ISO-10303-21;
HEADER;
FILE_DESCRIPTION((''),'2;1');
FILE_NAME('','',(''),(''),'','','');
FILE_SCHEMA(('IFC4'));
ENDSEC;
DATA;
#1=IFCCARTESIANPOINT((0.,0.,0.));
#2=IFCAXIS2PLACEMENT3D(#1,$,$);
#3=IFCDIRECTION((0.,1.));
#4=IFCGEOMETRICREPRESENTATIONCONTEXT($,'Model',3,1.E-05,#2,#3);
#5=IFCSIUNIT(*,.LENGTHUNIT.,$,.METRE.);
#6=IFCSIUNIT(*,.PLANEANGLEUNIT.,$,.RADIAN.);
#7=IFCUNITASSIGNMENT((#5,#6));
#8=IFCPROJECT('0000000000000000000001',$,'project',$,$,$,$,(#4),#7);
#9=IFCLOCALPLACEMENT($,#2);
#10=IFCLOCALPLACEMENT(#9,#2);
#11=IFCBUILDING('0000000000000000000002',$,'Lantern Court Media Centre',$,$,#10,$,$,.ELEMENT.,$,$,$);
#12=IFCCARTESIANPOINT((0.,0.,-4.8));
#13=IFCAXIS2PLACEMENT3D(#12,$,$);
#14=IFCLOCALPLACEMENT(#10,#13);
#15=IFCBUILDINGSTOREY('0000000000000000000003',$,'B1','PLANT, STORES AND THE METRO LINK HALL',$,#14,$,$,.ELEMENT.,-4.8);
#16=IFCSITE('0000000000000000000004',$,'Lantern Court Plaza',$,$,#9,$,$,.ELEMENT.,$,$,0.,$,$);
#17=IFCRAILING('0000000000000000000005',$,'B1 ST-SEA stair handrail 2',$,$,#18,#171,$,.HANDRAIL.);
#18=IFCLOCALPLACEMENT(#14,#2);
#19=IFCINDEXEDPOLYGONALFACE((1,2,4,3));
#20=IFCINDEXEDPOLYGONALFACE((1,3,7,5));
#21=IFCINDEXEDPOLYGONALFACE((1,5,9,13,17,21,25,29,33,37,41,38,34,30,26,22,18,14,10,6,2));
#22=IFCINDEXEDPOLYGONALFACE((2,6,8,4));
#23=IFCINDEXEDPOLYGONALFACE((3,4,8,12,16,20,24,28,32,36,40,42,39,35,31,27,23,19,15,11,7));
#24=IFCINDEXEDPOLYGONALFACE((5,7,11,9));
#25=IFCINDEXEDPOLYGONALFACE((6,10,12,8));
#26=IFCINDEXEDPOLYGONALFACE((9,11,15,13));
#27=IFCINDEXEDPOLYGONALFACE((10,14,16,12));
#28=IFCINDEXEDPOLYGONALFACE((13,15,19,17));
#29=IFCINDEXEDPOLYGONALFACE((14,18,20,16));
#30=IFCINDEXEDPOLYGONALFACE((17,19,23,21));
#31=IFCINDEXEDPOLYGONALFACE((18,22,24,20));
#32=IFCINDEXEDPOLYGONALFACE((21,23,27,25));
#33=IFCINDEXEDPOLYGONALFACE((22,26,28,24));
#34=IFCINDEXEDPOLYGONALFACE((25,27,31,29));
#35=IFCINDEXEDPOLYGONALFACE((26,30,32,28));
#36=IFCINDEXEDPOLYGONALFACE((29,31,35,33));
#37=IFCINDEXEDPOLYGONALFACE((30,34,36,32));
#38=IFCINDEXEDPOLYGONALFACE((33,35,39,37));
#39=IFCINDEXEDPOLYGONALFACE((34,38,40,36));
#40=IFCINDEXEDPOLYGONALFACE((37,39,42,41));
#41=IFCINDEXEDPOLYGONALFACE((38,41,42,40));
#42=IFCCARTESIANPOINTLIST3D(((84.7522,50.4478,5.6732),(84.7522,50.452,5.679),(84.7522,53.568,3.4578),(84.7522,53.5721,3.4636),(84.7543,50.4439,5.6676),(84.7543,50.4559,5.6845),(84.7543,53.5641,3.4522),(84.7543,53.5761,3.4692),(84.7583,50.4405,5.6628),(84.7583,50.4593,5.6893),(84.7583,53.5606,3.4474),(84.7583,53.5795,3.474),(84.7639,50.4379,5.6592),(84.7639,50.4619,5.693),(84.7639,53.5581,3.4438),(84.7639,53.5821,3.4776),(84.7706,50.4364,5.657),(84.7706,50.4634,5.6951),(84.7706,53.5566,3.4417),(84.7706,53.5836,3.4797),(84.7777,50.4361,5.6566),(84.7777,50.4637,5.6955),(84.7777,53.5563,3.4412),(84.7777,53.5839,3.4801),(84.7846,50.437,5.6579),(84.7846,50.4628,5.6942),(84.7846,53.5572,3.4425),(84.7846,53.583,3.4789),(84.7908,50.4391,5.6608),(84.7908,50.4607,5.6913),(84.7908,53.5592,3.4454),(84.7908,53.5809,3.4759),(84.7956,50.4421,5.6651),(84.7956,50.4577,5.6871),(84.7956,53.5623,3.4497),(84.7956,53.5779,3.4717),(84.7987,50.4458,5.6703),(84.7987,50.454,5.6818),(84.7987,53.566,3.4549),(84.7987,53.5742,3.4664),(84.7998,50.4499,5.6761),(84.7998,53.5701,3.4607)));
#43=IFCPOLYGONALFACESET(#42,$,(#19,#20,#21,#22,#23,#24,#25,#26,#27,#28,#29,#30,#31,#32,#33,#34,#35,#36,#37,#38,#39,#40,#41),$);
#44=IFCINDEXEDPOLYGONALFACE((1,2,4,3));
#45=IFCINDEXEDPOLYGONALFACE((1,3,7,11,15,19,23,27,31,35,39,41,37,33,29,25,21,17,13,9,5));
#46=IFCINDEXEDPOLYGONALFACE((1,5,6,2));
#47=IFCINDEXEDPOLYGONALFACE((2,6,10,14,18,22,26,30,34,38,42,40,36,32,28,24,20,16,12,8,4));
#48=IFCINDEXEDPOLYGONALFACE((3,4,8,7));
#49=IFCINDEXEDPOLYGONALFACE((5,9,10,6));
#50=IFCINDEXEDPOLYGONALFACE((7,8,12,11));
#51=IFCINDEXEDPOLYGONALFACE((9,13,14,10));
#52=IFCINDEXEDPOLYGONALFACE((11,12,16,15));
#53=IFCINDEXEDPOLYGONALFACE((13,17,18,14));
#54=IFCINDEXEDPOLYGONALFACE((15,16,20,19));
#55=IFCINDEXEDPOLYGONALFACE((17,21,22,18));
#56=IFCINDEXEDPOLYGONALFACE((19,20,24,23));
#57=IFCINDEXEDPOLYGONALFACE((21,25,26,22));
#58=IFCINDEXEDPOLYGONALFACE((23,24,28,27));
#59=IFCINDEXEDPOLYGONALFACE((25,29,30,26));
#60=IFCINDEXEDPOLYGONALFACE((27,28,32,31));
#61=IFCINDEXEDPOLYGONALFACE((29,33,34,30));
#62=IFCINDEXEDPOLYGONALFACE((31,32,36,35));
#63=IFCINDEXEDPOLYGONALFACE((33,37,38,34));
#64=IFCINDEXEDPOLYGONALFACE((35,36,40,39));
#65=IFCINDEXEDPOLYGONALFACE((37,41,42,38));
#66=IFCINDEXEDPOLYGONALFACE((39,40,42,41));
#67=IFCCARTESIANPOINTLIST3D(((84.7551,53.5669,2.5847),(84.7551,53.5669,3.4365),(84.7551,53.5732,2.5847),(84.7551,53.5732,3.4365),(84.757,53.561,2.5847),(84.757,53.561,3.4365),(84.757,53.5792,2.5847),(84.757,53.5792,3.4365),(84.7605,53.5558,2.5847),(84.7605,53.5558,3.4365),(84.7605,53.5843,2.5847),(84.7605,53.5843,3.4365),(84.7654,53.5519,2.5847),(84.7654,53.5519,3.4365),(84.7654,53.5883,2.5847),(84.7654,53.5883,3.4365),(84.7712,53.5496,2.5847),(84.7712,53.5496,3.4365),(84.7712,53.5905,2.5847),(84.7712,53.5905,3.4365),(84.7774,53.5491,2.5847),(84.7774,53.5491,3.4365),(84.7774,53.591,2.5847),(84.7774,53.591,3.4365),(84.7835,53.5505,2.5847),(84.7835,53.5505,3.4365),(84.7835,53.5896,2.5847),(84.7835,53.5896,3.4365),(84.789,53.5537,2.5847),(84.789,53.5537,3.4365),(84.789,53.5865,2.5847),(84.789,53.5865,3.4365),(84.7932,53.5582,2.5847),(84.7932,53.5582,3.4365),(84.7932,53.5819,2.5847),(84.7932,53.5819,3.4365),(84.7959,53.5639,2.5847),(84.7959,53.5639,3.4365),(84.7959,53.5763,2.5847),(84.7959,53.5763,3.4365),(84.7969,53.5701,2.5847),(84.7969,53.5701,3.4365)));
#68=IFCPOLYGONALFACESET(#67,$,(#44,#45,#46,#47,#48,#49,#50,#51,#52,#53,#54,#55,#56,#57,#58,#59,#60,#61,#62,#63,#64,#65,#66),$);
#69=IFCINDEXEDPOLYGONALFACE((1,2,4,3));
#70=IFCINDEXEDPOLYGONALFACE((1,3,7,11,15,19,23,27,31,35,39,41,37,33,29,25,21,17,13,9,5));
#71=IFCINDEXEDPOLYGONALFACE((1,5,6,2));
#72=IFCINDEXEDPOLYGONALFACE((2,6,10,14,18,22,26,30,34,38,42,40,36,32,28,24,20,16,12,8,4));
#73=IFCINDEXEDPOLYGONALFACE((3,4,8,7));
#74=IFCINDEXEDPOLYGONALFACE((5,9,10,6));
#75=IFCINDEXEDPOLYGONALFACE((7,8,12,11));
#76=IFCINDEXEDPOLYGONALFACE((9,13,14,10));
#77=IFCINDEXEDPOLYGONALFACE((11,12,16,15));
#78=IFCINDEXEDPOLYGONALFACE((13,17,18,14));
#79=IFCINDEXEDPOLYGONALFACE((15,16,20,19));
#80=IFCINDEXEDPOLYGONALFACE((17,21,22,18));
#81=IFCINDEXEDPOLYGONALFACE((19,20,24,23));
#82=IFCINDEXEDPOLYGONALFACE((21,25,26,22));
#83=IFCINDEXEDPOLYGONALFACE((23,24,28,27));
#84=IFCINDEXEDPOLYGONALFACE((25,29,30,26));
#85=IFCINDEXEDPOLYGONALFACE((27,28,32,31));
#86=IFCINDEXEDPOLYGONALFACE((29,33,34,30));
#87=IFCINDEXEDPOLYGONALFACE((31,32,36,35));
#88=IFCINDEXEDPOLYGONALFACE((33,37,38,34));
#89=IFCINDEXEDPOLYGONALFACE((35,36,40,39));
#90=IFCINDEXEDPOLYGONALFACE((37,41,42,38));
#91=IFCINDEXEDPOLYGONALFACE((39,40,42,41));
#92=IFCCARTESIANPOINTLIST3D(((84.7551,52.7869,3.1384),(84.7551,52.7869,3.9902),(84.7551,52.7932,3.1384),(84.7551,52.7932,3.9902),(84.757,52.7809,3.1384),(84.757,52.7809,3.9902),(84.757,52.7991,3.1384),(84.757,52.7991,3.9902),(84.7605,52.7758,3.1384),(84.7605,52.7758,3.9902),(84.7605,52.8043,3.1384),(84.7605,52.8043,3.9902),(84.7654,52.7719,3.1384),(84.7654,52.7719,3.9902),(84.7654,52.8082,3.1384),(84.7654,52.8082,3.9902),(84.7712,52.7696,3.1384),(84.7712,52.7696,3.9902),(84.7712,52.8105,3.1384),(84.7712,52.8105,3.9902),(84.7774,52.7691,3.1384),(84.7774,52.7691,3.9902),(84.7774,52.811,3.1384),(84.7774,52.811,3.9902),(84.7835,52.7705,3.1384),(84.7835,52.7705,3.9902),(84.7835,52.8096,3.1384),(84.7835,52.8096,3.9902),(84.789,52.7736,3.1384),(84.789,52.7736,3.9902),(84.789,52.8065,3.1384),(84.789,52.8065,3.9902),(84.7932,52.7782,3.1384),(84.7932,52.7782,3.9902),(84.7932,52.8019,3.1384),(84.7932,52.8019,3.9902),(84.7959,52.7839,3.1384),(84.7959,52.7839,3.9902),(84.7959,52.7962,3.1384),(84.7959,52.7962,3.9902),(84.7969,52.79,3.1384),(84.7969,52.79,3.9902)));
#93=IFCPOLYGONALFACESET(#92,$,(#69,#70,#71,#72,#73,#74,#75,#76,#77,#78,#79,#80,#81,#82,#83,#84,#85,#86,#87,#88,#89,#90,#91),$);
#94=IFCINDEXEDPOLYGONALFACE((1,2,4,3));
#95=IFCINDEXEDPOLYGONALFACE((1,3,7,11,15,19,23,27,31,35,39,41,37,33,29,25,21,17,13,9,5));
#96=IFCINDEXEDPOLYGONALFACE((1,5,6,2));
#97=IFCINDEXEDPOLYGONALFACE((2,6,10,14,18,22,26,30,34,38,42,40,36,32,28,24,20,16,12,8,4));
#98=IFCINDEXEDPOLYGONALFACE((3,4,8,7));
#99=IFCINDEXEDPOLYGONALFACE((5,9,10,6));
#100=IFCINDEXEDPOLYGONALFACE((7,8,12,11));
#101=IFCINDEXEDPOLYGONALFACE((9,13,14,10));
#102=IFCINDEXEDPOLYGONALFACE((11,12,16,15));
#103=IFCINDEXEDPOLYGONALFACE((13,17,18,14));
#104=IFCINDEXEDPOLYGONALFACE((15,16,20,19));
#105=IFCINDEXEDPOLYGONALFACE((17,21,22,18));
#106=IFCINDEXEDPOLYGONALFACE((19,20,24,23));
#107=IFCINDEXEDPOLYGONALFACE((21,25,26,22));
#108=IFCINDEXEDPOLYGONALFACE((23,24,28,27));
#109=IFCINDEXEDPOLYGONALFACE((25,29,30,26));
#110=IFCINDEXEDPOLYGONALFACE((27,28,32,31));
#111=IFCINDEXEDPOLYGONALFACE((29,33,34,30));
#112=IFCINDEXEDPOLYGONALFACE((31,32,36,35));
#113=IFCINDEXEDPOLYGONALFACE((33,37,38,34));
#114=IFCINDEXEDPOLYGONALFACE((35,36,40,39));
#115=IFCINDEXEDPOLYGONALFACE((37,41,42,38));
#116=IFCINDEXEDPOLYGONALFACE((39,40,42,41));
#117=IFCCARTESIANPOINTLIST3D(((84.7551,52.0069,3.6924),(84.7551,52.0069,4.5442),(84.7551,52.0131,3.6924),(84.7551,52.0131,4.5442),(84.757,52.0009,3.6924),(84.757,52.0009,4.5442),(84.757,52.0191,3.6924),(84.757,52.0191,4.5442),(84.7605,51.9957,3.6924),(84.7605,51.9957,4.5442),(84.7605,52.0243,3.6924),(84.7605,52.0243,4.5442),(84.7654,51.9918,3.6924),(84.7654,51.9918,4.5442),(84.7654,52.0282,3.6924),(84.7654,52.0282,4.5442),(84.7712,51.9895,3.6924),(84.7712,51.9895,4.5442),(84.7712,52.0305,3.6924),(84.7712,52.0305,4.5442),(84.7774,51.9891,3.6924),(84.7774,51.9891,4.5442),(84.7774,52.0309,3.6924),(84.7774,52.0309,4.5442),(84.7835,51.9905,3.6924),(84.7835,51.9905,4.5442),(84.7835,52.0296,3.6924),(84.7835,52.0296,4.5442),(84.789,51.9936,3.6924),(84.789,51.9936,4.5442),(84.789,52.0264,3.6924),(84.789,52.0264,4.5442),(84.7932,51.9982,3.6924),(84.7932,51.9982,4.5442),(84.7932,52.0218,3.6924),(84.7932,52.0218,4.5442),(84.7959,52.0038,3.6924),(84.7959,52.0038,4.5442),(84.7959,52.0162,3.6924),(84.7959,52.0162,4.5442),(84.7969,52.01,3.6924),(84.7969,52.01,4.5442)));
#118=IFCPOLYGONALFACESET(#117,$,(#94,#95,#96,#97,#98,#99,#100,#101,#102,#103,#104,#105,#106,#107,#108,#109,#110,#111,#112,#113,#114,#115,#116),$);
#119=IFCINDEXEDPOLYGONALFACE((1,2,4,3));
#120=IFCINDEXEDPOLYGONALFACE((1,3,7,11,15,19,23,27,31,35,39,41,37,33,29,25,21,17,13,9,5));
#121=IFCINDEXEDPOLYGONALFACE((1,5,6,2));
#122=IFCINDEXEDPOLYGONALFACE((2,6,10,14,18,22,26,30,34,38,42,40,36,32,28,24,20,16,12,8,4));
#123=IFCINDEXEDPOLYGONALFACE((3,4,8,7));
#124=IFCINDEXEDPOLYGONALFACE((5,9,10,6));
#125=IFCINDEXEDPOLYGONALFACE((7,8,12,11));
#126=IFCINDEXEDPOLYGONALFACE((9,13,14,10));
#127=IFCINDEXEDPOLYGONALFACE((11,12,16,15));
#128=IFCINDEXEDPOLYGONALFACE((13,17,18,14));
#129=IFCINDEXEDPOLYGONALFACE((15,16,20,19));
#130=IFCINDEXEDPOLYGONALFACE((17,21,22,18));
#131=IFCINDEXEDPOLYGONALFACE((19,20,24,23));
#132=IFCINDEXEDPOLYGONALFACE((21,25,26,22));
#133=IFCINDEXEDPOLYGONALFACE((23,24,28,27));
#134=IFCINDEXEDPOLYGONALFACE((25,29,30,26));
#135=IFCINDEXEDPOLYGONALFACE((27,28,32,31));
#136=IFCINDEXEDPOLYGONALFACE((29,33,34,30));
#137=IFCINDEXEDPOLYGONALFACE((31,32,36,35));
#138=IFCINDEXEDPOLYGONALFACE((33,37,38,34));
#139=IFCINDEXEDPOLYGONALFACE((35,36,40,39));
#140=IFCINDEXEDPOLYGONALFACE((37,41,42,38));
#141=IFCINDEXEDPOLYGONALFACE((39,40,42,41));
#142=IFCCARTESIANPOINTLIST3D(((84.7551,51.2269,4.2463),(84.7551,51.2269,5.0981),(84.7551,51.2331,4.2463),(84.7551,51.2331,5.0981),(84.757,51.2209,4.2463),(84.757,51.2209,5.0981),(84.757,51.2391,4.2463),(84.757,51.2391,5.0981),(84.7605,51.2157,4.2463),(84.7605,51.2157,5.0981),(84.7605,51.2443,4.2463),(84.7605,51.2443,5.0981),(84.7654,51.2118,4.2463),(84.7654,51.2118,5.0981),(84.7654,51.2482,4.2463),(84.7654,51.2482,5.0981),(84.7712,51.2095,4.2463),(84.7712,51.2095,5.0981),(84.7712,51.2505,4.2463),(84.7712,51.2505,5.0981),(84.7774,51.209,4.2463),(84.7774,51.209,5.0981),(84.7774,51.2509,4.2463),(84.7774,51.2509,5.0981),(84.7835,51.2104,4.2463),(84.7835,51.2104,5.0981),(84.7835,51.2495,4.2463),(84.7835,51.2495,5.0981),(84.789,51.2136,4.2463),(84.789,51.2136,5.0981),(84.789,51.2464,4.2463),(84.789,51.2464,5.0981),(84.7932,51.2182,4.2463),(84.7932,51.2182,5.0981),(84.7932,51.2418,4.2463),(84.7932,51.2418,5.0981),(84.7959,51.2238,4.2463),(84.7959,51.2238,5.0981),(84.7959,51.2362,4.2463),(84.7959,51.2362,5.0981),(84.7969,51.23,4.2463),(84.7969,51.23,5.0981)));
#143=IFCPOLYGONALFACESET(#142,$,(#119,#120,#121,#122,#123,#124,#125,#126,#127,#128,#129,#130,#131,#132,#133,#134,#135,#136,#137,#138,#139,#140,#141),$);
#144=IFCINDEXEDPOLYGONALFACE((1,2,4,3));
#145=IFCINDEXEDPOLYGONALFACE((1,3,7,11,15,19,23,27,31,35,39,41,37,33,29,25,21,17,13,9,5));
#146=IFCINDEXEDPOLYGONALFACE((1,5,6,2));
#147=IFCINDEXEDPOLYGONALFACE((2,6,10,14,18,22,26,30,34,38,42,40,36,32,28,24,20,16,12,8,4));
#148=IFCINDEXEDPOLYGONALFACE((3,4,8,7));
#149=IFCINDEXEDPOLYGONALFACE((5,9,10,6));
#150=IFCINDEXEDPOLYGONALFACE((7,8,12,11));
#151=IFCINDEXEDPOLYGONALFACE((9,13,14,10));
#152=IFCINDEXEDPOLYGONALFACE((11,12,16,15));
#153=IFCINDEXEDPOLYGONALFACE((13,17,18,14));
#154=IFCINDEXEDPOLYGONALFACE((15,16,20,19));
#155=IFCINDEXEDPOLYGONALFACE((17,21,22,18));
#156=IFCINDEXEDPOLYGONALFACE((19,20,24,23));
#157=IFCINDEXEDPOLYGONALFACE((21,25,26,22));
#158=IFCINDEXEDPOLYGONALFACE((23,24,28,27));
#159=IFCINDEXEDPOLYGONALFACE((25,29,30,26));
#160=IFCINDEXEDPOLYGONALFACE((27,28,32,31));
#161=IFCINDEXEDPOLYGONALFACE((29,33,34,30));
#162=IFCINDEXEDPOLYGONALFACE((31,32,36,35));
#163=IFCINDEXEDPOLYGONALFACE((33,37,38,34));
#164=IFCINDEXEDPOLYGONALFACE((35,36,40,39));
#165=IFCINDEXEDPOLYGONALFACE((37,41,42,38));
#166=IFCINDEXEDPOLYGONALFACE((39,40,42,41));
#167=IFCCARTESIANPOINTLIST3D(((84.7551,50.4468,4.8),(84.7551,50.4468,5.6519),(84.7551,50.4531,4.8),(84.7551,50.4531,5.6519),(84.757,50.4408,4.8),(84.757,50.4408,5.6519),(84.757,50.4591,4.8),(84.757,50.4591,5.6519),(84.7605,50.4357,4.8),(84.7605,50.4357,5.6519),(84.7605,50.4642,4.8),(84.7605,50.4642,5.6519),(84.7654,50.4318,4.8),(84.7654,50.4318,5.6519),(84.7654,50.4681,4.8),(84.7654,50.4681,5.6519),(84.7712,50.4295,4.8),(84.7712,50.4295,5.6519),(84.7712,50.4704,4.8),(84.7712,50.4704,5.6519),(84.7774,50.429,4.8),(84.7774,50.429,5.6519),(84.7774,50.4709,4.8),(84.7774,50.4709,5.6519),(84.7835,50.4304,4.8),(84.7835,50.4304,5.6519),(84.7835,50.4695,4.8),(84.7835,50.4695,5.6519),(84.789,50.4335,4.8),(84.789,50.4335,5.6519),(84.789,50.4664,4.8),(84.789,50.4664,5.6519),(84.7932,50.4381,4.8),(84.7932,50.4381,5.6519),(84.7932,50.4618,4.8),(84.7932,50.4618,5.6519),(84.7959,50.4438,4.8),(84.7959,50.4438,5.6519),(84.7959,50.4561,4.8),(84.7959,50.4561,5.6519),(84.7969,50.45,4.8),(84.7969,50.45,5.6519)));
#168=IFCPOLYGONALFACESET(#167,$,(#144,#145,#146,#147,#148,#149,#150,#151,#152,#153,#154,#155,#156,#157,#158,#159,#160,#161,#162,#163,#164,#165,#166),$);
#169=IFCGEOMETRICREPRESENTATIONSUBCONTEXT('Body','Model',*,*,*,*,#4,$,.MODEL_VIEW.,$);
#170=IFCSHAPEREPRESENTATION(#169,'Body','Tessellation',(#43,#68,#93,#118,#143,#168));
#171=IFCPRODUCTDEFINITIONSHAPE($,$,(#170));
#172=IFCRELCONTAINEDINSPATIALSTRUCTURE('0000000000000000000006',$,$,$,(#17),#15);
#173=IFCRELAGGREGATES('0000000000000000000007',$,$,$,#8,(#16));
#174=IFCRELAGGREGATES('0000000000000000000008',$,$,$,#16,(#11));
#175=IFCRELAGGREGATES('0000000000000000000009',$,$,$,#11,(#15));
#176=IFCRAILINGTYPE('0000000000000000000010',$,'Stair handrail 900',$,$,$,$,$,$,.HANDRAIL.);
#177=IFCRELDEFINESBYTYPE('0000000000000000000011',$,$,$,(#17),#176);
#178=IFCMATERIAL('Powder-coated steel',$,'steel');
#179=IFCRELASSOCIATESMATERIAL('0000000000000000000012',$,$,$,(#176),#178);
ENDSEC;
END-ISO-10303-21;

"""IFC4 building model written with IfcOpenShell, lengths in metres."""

from ifc_helpers import new_model, si_unit, direction, frame, origin, origin_2d, place, context, subcontext, project, spatial, circle, extrude, material, type_object, element, save


model = new_model("IFC4")

# Units and contexts
model_context = context("Model", 3, precision=1e-05, world=origin(), true_north=direction((0.0, 1.0)))
body_context = subcontext(model_context, "Body", "Model", "MODEL_VIEW")
ifc_project = project(units=[si_unit("LENGTHUNIT", "METRE"), si_unit("PLANEANGLEUNIT", "RADIAN")], contexts=[model_context])

# Site, building, storey
site_placement = place(None, origin())
site = spatial("IfcSite", under=ifc_project, at=site_placement, Name="Lantern Court Plaza", CompositionType="ELEMENT", RefElevation=0.0)
building_placement = place(site_placement, origin())
building = spatial("IfcBuilding", under=site, at=building_placement, Name="Lantern Court Media Centre", CompositionType="ELEMENT")
storey_placement = place(building_placement, frame((0.0, 0.0, -4.8)))
storey = spatial("IfcBuildingStorey", under=building, at=storey_placement, Name="B1", Description="PLANT, STORES AND THE METRO LINK HALL", CompositionType="ELEMENT", Elevation=-4.8)

# Railing
ifc_material_1 = material(Name="Powder-coated steel", Category="steel")
railing_type_1 = type_object("IfcRailingType", Name="Stair handrail 900", PredefinedType="HANDRAIL", material=ifc_material_1)
railing_1_placement = place(storey_placement, frame((84.7759, 53.5701, 2.5847)))
element("IfcRailing", 1, at=railing_1_placement, inside=storey, type_object=railing_type_1, Name="B1 ST-SEA stair handrail 2", PredefinedType="HANDRAIL", context=body_context, shape_type="SweptSolid", body=[
    extrude(circle(Radius=0.0239, at=origin_2d()), frame((0.0, 0.0, 0.876), z_axis=(0.0, -0.815377, 0.57893), x_axis=(1.0, 0.0, 0.0)), (0.0, 0.0, 1.0), 3.8267),
    extrude(circle(Radius=0.021, at=origin_2d()), origin(), (0.0, 0.0, 1.0), 0.8518),
    extrude(circle(Radius=0.021, at=origin_2d()), frame((0.0, -0.78, 0.5537)), (0.0, 0.0, 1.0), 0.8518),
    extrude(circle(Radius=0.021, at=origin_2d()), frame((0.0, -1.5601, 1.1077)), (0.0, 0.0, 1.0), 0.8518),
    extrude(circle(Radius=0.021, at=origin_2d()), frame((0.0, -2.3401, 1.6616)), (0.0, 0.0, 1.0), 0.8518),
    extrude(circle(Radius=0.021, at=origin_2d()), frame((0.0, -3.1201, 2.2153)), (0.0, 0.0, 1.0), 0.8518),
])

save(model, "model.ifc")
